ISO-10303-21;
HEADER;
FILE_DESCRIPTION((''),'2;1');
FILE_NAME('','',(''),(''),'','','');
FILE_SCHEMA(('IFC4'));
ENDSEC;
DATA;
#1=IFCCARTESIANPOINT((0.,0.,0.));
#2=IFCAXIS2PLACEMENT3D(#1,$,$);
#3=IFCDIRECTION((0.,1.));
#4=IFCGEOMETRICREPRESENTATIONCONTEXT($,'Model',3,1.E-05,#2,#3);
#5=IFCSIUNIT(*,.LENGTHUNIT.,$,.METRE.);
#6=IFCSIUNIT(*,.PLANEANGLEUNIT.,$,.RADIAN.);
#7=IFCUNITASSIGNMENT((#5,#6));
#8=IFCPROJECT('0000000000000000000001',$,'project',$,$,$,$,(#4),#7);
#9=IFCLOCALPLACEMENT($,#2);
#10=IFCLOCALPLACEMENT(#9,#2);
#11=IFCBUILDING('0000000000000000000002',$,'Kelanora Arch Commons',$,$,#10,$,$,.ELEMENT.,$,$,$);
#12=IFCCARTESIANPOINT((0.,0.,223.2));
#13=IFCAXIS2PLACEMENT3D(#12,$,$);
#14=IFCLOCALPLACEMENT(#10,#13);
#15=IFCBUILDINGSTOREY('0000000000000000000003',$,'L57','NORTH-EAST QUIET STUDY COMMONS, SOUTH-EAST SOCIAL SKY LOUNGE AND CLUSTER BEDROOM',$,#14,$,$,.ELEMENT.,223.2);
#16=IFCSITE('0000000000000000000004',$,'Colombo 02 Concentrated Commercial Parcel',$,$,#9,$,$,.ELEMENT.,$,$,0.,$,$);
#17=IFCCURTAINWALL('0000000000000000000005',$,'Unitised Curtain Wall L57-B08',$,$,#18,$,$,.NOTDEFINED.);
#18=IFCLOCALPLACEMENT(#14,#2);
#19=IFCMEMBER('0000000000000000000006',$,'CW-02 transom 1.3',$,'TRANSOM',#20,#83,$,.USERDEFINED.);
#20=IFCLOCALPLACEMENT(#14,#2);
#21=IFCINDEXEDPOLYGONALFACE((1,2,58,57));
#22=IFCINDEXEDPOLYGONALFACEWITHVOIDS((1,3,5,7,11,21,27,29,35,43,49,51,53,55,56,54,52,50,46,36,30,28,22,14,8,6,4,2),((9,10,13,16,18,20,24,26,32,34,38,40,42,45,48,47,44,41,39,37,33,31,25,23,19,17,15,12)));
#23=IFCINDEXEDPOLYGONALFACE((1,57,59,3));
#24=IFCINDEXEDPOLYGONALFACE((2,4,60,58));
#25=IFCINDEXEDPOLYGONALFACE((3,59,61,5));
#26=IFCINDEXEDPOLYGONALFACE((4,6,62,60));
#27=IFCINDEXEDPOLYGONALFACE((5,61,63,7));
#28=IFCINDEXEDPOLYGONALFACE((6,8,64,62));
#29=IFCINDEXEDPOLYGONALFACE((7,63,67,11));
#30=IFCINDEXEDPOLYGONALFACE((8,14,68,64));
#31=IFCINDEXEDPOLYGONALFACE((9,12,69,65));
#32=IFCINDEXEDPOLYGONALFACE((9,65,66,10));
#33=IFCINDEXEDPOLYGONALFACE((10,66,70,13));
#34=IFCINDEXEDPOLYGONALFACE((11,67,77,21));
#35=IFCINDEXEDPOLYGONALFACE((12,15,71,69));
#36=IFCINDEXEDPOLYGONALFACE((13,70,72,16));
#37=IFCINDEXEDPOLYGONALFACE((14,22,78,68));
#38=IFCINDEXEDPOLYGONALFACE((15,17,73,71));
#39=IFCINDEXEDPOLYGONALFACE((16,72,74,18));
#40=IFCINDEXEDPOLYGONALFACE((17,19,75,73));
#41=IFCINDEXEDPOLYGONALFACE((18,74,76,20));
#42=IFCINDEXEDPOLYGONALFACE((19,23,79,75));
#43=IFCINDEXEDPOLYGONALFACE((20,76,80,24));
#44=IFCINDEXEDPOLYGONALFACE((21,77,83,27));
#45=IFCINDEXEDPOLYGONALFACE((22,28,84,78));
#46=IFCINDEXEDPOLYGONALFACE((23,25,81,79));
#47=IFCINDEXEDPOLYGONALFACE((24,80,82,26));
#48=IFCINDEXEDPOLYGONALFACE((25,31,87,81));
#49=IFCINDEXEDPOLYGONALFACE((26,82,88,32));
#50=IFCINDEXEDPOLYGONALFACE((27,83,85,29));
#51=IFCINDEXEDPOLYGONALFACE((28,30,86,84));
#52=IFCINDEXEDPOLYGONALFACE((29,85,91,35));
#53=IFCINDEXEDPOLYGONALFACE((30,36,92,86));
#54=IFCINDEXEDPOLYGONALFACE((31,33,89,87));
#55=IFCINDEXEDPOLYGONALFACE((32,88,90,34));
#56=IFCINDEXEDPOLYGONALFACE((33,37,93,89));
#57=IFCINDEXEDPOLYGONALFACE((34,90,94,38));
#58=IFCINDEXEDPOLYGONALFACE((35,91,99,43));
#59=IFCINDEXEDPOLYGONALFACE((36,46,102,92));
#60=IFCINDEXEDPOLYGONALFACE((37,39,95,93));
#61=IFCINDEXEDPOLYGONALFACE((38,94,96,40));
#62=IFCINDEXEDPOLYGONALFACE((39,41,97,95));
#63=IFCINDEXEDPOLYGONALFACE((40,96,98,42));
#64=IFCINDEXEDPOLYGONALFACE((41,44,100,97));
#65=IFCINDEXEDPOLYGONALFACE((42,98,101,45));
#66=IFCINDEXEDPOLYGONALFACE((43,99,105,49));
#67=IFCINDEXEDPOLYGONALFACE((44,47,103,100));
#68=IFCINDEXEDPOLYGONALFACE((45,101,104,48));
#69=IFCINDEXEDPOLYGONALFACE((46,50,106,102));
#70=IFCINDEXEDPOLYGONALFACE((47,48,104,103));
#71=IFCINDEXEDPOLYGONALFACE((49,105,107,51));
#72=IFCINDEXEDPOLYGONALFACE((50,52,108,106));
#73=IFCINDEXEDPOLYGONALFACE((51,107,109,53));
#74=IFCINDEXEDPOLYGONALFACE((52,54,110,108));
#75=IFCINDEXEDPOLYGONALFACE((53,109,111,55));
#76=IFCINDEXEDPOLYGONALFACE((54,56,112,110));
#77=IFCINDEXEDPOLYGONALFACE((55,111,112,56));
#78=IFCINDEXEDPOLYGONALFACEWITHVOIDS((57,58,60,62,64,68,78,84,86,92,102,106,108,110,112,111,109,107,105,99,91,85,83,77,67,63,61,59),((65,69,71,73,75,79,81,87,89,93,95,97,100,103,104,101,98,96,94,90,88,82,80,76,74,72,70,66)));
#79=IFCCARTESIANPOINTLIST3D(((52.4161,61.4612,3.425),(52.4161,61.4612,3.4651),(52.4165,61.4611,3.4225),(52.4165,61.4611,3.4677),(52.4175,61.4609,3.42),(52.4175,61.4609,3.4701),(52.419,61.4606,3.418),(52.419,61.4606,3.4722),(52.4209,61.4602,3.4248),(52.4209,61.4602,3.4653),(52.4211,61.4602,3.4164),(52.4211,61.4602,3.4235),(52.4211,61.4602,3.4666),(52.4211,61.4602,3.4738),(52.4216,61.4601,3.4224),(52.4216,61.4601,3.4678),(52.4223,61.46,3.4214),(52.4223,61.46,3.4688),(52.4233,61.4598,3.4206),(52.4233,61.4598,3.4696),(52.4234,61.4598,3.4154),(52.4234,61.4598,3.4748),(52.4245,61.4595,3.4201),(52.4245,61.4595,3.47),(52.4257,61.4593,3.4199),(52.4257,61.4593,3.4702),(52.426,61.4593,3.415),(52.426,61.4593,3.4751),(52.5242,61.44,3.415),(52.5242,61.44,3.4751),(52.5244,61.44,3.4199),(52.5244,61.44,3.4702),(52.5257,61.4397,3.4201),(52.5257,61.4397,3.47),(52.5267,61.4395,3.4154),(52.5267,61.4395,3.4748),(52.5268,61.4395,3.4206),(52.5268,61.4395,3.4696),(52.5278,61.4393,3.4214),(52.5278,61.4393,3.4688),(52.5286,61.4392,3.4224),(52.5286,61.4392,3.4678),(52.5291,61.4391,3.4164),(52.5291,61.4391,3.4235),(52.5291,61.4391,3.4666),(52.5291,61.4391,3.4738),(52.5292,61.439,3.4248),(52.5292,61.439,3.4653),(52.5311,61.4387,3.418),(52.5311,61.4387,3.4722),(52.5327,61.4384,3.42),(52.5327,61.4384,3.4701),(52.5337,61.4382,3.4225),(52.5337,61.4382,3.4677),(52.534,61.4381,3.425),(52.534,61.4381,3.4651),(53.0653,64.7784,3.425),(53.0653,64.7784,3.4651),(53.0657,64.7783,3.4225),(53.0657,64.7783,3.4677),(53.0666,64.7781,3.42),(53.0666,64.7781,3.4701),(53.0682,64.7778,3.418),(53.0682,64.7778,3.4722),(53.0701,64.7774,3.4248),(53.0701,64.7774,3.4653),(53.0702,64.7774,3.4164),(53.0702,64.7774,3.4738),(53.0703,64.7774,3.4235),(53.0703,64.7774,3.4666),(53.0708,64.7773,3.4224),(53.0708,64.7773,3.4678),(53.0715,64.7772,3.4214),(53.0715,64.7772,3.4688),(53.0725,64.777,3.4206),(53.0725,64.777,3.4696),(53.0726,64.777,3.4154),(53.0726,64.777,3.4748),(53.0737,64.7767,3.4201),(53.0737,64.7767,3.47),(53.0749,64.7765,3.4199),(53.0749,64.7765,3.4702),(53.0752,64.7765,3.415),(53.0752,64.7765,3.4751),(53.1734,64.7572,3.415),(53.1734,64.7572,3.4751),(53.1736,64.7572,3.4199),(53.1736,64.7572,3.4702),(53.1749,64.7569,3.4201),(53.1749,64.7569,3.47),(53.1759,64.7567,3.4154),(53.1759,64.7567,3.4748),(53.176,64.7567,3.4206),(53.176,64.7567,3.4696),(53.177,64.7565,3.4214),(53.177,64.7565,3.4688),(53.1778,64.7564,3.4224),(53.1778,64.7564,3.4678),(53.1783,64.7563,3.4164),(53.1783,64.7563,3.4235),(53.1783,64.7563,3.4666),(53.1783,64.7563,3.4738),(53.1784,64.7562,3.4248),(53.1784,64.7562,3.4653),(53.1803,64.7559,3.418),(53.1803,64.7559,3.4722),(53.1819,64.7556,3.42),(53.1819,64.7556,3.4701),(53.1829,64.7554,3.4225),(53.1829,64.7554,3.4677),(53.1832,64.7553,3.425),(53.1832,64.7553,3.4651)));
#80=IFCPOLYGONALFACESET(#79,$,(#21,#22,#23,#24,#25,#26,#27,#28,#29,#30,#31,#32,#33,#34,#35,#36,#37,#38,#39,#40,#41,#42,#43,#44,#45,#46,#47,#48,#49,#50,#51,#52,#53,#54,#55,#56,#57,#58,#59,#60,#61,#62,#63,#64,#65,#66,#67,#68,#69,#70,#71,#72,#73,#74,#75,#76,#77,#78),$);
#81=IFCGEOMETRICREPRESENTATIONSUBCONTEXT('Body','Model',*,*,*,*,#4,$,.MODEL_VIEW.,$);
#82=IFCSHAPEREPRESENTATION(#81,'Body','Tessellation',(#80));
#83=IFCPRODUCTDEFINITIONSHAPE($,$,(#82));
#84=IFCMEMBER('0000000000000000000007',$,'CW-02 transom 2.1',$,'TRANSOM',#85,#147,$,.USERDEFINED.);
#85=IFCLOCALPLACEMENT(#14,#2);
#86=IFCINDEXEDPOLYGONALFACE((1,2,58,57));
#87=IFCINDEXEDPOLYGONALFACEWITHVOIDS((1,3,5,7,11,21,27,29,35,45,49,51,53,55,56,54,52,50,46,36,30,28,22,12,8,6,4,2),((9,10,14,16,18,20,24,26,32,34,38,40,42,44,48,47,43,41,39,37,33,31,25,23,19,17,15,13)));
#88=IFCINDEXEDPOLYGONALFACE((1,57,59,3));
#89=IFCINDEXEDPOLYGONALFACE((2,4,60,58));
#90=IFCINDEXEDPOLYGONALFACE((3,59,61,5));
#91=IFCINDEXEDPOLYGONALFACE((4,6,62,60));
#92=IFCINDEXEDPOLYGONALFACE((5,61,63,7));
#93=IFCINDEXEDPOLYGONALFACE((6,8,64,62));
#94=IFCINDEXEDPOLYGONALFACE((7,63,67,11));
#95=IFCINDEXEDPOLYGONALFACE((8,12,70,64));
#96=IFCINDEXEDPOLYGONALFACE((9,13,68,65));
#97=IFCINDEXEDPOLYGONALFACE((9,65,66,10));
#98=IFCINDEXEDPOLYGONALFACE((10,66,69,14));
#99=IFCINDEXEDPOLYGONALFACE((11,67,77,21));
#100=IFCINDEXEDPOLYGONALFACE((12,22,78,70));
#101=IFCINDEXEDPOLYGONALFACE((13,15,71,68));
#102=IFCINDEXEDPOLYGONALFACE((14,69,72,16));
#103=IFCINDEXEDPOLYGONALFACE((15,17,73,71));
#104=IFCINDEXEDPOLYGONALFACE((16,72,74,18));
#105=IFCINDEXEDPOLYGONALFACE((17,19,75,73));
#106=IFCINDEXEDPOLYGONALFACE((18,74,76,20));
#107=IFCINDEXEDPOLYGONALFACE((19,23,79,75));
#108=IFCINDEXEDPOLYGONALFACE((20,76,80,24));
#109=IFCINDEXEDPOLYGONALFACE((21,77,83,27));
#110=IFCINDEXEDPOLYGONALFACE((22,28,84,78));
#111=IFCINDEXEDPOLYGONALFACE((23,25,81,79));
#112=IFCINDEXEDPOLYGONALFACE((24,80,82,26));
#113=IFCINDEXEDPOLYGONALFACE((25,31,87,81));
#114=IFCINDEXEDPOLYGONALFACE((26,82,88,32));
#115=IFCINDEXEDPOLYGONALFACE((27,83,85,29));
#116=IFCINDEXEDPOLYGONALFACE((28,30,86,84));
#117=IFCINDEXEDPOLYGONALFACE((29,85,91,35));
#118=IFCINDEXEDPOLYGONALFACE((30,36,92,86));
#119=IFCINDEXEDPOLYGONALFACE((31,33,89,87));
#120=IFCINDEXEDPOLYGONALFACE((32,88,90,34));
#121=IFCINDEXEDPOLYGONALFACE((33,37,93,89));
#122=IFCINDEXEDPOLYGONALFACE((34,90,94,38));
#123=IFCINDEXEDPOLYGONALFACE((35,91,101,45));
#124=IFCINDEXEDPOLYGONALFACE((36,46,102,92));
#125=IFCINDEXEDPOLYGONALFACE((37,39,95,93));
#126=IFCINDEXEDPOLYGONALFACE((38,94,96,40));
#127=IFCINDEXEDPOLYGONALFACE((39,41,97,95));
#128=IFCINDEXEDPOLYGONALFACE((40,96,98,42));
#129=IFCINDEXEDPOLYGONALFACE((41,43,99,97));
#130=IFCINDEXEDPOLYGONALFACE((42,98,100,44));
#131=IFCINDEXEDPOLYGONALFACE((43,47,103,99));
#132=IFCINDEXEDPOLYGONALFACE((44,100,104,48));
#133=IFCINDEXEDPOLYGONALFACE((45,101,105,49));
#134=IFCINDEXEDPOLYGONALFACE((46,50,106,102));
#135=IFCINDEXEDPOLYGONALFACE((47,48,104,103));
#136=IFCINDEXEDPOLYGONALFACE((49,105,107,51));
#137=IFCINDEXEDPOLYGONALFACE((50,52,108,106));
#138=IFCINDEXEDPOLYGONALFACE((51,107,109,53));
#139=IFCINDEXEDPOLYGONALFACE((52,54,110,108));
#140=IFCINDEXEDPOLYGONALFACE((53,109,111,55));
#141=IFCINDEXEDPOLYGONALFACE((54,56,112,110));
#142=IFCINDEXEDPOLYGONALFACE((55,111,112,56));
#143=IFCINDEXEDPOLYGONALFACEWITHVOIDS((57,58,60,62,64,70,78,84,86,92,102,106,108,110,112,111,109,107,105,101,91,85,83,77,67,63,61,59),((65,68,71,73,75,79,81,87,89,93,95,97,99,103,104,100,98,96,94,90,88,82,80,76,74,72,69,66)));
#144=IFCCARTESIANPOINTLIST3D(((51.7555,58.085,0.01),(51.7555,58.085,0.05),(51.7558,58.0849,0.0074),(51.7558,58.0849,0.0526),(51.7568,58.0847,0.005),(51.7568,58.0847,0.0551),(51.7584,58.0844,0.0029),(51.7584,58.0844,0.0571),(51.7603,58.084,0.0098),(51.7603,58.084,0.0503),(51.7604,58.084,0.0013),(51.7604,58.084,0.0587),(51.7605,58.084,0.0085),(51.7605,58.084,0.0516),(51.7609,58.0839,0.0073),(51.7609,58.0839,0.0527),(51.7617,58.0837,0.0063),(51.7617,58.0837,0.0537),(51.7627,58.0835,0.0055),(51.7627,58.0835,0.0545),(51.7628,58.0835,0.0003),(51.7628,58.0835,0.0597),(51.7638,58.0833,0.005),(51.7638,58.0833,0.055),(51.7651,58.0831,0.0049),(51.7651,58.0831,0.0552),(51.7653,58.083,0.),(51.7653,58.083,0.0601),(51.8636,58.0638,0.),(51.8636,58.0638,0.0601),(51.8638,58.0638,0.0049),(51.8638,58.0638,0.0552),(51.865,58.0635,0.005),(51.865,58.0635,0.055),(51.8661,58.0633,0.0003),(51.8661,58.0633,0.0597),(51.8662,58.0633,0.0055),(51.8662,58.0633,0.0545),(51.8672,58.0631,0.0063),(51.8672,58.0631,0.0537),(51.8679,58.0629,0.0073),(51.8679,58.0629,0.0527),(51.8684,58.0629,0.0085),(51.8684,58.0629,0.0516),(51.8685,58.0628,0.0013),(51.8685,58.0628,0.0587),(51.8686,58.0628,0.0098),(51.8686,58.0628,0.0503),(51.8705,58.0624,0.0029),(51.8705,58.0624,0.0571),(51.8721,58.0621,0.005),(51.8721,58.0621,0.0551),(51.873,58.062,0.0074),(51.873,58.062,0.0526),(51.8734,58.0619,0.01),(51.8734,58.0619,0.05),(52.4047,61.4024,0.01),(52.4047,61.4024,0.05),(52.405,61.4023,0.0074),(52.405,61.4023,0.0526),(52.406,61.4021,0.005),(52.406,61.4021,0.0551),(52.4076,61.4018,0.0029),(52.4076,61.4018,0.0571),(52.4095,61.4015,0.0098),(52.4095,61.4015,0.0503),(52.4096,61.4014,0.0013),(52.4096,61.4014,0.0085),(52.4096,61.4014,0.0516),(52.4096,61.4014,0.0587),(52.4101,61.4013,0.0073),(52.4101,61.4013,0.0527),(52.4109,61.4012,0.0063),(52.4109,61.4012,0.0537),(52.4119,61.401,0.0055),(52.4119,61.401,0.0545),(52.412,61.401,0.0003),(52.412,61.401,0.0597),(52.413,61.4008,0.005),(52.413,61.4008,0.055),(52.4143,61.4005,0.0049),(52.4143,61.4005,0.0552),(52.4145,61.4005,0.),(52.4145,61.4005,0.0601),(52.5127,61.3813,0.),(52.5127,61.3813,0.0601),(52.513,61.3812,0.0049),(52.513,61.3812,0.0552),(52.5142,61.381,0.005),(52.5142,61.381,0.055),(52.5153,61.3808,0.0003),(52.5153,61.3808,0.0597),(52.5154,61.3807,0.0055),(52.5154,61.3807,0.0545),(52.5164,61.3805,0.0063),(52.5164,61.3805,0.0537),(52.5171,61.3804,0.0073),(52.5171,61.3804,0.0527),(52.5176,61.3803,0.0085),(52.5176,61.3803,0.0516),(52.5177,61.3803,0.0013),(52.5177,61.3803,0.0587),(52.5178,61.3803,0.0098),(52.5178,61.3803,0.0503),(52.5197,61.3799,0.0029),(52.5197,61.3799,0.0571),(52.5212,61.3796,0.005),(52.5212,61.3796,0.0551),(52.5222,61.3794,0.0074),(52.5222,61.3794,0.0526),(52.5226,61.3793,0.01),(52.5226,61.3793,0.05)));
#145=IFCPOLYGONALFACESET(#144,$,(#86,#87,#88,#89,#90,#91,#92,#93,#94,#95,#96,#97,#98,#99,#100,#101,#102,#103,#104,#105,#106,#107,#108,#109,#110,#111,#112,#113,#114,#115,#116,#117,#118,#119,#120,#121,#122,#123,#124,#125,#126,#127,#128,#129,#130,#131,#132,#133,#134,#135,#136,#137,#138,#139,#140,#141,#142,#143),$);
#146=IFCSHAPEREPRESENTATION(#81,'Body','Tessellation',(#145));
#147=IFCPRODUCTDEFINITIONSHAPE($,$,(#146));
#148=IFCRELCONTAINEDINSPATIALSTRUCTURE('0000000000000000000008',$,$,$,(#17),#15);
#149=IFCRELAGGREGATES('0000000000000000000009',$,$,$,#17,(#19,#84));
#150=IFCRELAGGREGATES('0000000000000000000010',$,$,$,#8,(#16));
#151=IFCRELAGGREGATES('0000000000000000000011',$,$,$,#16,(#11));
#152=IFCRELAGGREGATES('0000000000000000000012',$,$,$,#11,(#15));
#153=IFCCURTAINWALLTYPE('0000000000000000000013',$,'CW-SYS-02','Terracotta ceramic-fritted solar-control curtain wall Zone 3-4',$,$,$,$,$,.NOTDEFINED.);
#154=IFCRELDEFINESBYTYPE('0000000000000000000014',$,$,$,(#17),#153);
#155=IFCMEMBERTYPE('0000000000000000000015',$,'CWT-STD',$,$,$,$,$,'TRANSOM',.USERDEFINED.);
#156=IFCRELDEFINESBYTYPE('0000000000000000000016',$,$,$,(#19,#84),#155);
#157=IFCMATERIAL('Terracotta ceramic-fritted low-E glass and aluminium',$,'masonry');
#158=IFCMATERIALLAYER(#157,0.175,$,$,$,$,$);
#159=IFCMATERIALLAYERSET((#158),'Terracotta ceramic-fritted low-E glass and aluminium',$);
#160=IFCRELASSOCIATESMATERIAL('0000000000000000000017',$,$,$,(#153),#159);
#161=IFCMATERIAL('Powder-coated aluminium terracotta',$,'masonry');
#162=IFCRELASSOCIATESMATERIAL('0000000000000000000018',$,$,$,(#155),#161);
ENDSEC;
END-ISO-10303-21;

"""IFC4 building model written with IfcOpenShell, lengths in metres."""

from ifc_helpers import new_model, si_unit, direction, frame, origin, origin_2d, place, context, subcontext, project, spatial, hollow_rectangle, extrude, material, layer, layer_set, material_profile, profile_set, type_object, element, aggregate, save


model = new_model("IFC4")

# Units and contexts
model_context = context("Model", 3, precision=1e-05, world=origin(), true_north=direction((0.0, 1.0)))
body_context = subcontext(model_context, "Body", "Model", "MODEL_VIEW")
ifc_project = project(units=[si_unit("LENGTHUNIT", "METRE"), si_unit("PLANEANGLEUNIT", "RADIAN")], contexts=[model_context])

# Site, building, storey
site_placement = place(None, origin())
site = spatial("IfcSite", under=ifc_project, at=site_placement, Name="Colombo 02 Concentrated Commercial Parcel", CompositionType="ELEMENT", RefElevation=0.0)
building_placement = place(site_placement, origin())
building = spatial("IfcBuilding", under=site, at=building_placement, Name="Kelanora Arch Commons", CompositionType="ELEMENT")
storey_placement = place(building_placement, frame((0.0, 0.0, 223.2)))
storey = spatial("IfcBuildingStorey", under=building, at=storey_placement, Name="L57", Description="NORTH-EAST QUIET STUDY COMMONS, SOUTH-EAST SOCIAL SKY LOUNGE AND CLUSTER BEDROOM", CompositionType="ELEMENT", Elevation=223.2)

# Curtain wall, members
ifc_material_1 = material(Name="Terracotta ceramic-fritted low-E glass and aluminium", Category="masonry")
ifc_layer_1 = layer(ifc_material_1, 0.175)
ifc_layer_set_1 = layer_set([ifc_layer_1], Name="Terracotta ceramic-fritted low-E glass and aluminium")
curtain_wall_type = type_object("IfcCurtainWallType", Name="CW-SYS-02", Description="Terracotta ceramic-fritted solar-control curtain wall Zone 3-4", PredefinedType="NOTDEFINED", material=ifc_layer_set_1)
curtain_wall_placement = place(storey_placement, origin())
curtain_wall = element("IfcCurtainWall", 1, at=curtain_wall_placement, inside=storey, type_object=curtain_wall_type, Name="Unitised Curtain Wall L57-B08", PredefinedType="NOTDEFINED")
ifc_material_2 = material(Name="Powder-coated aluminium terracotta", Category="masonry")
ifc_material_profile_1 = material_profile(ifc_material_2, hollow_rectangle(XDim=0.1201, YDim=0.0601, WallThickness=0.0049, InnerFilletRadius=0.0049, OuterFilletRadius=0.01, at=origin_2d()), Name="CWT120x60")
ifc_profile_set_1 = profile_set([ifc_material_profile_1], Name="Powder-coated aluminium terracotta")
member_type_1 = type_object("IfcMemberType", Name="CWT-STD", ElementType="TRANSOM", PredefinedType="USERDEFINED", material=ifc_profile_set_1)
member_1_placement = place(storey_placement, frame((53.1243, 64.7668, 3.4451), z_axis=(-0.192058, -0.981383, 0.0), x_axis=(0.981383, -0.192058, 0.0)))
member_1 = element("IfcMember", 2, at=member_1_placement, type_object=member_type_1, Name="CW-02 transom 1.3", ObjectType="TRANSOM", PredefinedType="USERDEFINED", context=body_context, shape_type="SweptSolid", body=[
    extrude(hollow_rectangle(XDim=0.1201, YDim=0.0601, WallThickness=0.0049, InnerFilletRadius=0.0049, OuterFilletRadius=0.01, at=origin_2d()), origin(), (0.0, 0.0, 1.0), 3.3801),
])
member_2_placement = place(storey_placement, frame((52.4636, 61.3909, 0.03), z_axis=(-0.192045, -0.981386, 0.0), x_axis=(0.981386, -0.192045, 0.0)))
member_2 = element("IfcMember", 3, at=member_2_placement, type_object=member_type_1, Name="CW-02 transom 2.1", ObjectType="TRANSOM", PredefinedType="USERDEFINED", context=body_context, shape_type="SweptSolid", body=[
    extrude(hollow_rectangle(XDim=0.1201, YDim=0.0601, WallThickness=0.0049, InnerFilletRadius=0.0049, OuterFilletRadius=0.01, at=origin_2d()), origin(), (0.0, 0.0, 1.0), 3.3804),
])
aggregate(curtain_wall, [member_1, member_2])

save(model, "model.ifc")
